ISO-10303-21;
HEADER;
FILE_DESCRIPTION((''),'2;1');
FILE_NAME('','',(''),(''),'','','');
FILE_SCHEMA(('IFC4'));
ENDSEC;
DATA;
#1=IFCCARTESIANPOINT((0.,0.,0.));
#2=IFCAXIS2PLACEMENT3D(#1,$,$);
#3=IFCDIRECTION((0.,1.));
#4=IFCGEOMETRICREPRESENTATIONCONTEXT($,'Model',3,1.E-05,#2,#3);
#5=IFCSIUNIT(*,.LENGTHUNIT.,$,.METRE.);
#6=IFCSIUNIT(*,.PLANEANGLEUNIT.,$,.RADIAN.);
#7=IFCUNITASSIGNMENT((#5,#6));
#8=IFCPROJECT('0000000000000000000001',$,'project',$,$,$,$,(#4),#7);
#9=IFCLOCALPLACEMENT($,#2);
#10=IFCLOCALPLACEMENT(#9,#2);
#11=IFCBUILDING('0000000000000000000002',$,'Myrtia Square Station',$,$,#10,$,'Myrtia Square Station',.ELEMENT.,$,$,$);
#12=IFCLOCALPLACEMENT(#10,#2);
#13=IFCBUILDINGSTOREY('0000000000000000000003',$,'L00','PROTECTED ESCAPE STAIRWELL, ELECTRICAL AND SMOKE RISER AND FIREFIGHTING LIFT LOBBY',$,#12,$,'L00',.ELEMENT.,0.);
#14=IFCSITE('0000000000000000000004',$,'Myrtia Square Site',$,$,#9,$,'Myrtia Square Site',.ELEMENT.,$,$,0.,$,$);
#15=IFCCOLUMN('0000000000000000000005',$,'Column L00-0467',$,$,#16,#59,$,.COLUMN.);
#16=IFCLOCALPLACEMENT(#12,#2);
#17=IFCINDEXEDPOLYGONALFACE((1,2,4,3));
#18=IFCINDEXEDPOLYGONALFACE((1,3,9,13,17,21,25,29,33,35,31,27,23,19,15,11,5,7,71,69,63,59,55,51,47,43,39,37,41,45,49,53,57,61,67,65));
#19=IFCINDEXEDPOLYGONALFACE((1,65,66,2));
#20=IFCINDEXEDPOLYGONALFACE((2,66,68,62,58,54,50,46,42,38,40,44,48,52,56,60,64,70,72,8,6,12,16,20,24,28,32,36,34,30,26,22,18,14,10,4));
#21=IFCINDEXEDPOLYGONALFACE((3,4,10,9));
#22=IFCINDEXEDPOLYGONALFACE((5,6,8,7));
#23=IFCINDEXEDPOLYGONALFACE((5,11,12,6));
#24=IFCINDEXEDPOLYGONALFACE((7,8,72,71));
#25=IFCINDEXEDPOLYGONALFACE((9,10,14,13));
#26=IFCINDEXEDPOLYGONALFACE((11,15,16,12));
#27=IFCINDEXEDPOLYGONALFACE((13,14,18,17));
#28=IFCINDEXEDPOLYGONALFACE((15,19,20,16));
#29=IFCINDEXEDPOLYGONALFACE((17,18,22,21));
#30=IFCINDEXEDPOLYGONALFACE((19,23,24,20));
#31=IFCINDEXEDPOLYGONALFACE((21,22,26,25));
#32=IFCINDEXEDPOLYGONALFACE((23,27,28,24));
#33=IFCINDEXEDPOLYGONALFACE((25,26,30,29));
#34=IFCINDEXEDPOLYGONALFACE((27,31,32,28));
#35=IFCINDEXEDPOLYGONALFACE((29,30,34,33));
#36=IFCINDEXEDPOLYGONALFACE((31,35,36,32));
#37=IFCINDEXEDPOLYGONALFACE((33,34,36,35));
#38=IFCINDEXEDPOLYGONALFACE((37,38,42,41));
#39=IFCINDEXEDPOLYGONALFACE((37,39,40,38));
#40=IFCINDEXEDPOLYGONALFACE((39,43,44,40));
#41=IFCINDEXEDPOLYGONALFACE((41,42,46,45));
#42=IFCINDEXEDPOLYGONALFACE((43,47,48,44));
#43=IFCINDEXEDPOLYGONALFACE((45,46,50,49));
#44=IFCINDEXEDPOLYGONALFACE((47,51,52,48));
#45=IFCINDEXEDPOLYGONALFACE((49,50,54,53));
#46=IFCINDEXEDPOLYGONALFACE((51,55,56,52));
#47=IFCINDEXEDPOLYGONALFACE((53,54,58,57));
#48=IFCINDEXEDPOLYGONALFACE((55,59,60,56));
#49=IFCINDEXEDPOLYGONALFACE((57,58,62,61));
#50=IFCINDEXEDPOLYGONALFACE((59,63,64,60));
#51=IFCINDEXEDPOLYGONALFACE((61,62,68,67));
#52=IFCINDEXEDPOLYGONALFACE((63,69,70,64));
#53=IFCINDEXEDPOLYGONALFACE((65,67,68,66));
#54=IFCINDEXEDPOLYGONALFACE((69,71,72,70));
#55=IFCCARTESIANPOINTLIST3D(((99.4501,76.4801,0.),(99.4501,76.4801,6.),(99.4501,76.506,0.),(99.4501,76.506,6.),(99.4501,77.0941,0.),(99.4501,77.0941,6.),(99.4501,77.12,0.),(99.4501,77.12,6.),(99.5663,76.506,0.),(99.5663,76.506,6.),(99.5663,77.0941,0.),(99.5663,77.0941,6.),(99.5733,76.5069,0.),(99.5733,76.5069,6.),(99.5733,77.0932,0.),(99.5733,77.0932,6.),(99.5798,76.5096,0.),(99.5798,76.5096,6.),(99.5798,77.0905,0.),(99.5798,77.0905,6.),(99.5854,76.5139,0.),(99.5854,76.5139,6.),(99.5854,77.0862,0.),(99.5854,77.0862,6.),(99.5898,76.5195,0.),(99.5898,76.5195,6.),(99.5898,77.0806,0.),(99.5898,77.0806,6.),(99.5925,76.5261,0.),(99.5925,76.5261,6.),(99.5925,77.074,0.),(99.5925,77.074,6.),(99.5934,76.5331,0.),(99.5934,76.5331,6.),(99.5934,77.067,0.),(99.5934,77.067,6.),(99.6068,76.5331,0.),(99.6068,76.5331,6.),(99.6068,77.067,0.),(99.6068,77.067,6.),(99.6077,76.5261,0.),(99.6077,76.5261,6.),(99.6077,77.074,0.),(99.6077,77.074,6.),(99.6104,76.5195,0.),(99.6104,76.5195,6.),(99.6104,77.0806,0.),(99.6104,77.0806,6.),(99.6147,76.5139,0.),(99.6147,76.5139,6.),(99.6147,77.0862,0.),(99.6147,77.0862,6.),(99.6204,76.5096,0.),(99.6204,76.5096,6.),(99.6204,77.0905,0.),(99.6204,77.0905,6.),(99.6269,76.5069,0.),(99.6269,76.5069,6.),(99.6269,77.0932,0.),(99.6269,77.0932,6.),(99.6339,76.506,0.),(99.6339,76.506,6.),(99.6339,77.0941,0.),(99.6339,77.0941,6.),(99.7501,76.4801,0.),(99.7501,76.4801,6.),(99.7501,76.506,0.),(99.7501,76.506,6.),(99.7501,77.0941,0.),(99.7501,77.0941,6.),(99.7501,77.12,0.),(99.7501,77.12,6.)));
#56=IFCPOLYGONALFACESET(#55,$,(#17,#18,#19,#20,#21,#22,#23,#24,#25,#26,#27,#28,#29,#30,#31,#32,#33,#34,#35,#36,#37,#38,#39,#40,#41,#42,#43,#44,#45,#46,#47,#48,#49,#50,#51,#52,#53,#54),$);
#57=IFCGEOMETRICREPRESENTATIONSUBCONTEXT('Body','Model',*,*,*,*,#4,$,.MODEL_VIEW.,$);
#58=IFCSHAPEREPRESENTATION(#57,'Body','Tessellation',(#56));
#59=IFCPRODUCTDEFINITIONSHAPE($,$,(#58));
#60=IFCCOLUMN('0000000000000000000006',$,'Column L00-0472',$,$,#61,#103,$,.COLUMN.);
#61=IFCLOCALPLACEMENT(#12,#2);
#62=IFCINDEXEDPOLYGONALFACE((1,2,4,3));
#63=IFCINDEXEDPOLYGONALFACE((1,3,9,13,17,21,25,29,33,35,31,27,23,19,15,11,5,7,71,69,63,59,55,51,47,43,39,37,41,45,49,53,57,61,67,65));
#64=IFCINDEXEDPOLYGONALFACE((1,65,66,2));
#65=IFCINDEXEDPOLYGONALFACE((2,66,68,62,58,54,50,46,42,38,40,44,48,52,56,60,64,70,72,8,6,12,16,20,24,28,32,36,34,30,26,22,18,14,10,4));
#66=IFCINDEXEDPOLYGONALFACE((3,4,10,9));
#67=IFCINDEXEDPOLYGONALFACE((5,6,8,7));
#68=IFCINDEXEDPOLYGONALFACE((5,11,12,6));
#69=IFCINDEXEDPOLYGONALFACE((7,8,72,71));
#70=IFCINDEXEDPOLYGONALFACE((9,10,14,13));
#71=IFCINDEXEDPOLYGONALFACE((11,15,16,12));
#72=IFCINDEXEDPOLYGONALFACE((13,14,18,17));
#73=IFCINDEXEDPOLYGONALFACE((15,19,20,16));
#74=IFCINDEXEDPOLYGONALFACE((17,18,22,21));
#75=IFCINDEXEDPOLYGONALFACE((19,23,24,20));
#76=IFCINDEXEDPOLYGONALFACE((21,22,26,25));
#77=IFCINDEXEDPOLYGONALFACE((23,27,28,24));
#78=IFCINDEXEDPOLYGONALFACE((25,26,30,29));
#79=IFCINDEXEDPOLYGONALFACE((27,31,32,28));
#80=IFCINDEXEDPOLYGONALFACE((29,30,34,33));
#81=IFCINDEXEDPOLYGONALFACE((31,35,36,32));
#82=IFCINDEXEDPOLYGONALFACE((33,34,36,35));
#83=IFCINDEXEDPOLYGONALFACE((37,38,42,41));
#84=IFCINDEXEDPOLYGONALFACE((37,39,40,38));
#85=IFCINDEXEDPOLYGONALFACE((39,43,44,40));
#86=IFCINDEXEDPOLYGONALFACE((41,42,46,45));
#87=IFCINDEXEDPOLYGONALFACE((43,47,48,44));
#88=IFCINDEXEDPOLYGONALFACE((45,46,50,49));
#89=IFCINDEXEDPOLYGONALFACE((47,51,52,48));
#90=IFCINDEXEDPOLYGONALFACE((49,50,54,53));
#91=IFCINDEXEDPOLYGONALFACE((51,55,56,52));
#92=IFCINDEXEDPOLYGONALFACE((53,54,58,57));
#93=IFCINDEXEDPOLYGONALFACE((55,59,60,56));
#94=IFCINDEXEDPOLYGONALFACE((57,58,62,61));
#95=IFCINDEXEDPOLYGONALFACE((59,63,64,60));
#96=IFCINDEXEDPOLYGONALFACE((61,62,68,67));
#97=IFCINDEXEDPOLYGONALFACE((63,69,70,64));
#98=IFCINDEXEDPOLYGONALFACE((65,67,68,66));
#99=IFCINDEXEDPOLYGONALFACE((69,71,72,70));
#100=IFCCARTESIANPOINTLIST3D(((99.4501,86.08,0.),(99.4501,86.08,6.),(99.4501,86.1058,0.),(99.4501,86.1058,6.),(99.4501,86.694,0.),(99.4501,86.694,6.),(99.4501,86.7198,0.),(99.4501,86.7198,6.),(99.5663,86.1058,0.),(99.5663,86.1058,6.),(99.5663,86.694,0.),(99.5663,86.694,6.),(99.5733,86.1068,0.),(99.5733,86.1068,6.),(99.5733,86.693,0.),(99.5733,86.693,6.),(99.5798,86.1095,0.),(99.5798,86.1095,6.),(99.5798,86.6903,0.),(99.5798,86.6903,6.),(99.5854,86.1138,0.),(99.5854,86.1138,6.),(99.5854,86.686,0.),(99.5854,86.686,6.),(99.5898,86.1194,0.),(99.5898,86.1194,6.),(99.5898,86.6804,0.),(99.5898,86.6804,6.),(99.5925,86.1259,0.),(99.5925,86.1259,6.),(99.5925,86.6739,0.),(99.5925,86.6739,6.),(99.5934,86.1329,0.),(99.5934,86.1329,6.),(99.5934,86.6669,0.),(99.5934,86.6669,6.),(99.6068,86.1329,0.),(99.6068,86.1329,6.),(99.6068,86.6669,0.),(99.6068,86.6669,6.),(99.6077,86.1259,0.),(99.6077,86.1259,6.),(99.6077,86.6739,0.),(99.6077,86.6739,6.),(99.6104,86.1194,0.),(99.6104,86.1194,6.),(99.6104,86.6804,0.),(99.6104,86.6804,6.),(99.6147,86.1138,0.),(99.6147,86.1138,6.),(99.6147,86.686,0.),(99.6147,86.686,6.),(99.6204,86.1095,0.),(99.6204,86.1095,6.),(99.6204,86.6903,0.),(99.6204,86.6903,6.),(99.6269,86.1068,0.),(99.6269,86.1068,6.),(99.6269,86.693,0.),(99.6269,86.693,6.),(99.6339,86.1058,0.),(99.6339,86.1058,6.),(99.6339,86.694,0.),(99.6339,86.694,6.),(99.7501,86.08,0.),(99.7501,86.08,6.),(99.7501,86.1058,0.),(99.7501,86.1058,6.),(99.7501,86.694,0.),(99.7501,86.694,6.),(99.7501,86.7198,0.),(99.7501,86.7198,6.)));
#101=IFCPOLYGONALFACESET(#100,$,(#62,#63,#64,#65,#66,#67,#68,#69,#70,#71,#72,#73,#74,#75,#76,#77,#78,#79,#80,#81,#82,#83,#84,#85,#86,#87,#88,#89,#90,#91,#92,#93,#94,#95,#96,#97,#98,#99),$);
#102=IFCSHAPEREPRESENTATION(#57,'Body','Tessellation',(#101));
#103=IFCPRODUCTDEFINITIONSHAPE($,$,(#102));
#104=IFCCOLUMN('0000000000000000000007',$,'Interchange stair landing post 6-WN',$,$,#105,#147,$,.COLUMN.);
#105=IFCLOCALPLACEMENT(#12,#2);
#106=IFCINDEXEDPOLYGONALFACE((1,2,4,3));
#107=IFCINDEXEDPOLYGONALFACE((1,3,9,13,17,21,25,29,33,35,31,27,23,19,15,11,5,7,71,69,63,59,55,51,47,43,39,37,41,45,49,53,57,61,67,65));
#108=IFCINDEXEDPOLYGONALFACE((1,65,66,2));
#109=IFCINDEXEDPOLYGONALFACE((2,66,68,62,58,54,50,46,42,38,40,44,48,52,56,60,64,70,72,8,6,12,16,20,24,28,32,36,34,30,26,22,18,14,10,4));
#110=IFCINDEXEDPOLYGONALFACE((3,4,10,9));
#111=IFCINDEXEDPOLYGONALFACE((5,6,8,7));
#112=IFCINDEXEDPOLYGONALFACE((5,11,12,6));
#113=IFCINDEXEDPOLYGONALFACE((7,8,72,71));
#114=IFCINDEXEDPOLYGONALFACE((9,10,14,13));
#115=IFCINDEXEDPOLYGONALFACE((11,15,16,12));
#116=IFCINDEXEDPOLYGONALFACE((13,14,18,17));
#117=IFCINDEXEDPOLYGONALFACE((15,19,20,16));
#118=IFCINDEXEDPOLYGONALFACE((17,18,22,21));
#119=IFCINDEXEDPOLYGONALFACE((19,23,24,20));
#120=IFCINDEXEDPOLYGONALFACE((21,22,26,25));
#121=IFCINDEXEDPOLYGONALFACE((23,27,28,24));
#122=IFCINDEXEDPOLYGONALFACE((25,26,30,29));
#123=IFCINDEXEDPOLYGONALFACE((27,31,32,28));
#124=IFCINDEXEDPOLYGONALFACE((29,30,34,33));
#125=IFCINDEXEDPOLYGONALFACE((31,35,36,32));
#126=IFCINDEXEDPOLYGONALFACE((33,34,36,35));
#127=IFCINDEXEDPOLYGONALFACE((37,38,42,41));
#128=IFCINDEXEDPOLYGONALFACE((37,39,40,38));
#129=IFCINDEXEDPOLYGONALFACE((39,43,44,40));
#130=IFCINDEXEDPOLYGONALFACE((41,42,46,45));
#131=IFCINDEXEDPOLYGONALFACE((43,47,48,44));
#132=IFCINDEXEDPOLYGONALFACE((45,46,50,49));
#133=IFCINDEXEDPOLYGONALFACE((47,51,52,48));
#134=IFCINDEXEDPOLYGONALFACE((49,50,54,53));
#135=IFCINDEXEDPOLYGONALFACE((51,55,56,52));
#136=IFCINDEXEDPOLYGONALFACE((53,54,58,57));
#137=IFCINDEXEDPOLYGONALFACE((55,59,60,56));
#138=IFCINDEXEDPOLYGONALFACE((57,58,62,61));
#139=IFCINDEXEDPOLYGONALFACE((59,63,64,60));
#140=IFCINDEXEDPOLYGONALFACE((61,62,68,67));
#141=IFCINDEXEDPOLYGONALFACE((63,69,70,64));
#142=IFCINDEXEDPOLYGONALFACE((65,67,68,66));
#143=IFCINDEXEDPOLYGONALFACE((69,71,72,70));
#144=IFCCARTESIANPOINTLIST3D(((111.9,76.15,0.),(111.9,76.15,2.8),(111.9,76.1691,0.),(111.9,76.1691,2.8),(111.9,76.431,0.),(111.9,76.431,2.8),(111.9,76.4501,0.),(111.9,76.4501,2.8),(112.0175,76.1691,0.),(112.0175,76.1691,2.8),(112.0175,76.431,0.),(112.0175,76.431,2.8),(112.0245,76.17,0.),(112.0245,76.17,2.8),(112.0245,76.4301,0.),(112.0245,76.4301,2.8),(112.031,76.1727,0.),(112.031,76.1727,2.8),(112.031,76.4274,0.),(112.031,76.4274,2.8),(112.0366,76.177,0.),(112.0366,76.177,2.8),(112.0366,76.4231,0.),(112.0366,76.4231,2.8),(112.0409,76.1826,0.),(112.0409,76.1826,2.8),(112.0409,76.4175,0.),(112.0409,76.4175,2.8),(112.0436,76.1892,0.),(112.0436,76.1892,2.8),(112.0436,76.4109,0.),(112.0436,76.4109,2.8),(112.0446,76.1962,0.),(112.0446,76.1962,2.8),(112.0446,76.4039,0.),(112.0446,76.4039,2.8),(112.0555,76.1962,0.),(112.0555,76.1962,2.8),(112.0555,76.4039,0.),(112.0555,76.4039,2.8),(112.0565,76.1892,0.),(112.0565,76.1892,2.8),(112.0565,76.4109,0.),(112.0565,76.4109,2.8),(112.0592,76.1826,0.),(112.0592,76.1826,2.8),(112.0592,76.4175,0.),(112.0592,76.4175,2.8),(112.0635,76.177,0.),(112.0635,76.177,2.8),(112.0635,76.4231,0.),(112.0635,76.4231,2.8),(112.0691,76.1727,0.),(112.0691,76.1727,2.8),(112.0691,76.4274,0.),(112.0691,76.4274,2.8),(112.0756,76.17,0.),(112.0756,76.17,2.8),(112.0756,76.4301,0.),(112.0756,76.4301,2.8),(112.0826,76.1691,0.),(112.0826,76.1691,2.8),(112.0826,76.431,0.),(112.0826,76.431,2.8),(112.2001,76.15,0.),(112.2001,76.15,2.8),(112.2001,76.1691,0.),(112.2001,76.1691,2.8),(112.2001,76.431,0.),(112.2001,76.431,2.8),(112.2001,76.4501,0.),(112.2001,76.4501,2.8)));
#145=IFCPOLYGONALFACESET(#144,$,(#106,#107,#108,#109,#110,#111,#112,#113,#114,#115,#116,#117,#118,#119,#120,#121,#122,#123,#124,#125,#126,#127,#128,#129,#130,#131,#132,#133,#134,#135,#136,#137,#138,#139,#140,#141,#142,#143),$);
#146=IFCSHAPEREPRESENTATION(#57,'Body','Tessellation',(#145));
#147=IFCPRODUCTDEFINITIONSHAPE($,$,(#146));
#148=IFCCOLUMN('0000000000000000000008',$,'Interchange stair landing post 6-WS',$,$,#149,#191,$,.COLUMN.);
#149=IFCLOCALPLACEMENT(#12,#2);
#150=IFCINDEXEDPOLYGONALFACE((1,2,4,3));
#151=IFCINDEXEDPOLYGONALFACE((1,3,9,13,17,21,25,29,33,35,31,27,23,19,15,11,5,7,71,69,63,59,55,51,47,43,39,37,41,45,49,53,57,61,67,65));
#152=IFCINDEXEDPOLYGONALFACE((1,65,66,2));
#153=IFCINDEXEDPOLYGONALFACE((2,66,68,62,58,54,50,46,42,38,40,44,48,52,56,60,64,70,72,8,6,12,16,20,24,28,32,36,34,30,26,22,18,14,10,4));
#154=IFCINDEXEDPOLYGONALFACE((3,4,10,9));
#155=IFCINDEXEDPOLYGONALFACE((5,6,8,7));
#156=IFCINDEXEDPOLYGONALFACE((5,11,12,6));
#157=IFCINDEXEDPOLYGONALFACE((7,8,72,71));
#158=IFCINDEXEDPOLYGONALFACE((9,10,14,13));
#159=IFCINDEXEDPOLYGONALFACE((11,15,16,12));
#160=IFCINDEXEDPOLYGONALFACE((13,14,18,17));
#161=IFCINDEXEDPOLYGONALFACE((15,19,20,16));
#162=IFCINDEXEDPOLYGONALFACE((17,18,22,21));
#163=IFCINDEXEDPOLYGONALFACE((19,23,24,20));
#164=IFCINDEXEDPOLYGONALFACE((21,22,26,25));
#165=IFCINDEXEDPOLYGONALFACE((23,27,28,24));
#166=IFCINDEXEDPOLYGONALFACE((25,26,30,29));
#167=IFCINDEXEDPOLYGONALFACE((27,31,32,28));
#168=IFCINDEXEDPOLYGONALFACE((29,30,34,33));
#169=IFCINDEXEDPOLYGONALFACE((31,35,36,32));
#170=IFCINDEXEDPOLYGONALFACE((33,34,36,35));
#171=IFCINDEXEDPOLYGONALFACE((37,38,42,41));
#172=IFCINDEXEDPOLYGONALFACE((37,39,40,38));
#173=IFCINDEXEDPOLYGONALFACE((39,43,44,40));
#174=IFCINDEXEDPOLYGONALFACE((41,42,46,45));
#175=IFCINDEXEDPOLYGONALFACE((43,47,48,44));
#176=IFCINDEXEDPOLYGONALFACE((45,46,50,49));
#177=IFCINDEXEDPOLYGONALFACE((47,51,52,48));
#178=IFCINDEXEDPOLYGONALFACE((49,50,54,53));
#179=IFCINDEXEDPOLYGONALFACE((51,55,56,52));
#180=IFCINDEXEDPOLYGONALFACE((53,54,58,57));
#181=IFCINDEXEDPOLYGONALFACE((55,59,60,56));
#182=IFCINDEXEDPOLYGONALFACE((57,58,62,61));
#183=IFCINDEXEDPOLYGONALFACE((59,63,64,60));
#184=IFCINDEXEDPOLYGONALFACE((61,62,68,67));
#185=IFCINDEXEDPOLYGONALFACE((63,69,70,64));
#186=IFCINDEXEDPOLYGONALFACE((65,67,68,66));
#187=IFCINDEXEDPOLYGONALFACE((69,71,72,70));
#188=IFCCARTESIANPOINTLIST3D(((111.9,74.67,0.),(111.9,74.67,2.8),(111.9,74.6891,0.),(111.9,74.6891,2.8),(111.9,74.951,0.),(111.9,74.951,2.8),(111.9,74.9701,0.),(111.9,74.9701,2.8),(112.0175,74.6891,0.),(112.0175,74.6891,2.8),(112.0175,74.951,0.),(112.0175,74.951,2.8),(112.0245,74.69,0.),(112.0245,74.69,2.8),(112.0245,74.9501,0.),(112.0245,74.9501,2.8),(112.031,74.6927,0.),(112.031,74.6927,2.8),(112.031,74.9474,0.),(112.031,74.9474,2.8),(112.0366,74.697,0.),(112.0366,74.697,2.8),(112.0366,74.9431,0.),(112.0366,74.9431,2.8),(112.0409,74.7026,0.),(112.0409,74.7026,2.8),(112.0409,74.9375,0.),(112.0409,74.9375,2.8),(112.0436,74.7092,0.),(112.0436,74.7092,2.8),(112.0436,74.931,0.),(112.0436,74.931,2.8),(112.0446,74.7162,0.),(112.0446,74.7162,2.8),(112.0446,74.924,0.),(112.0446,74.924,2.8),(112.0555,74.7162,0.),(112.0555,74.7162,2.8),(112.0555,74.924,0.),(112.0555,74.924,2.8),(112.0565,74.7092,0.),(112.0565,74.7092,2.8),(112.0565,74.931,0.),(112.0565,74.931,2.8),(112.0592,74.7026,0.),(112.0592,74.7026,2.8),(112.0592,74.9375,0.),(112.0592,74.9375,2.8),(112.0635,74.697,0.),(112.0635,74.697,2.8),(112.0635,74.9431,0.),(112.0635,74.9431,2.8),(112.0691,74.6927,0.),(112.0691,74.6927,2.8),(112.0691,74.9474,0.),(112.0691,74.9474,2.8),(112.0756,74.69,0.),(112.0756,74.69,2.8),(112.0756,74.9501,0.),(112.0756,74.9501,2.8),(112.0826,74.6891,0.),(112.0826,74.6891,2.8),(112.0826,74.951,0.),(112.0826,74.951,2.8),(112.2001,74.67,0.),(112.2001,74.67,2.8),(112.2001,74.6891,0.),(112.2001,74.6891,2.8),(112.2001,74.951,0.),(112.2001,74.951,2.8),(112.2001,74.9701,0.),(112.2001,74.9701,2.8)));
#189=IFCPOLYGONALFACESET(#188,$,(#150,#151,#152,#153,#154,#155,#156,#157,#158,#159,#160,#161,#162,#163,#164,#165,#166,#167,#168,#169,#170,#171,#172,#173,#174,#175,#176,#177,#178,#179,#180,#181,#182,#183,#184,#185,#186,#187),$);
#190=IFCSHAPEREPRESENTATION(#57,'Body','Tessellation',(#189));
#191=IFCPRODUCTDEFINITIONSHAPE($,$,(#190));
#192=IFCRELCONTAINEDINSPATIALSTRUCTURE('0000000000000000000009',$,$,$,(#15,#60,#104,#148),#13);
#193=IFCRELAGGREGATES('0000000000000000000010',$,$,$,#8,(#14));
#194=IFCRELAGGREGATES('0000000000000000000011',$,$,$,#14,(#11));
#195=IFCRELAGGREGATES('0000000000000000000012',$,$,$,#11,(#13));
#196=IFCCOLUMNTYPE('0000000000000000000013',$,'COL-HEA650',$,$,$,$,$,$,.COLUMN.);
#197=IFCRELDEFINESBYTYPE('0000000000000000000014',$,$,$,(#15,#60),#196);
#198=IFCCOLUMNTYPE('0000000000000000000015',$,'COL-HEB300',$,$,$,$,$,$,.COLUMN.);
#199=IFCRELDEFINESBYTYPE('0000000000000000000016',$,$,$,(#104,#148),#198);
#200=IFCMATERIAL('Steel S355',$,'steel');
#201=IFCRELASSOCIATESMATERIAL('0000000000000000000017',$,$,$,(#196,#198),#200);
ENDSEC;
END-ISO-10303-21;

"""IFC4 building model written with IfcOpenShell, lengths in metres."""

from ifc_helpers import new_model, si_unit, direction, frame, origin, origin_2d, place, context, subcontext, project, spatial, i_section, extrude, material, material_profile, profile_set, type_object, element, save


model = new_model("IFC4")

# Units and contexts
model_context = context("Model", 3, precision=1e-05, world=origin(), true_north=direction((0.0, 1.0)))
body_context = subcontext(model_context, "Body", "Model", "MODEL_VIEW")
ifc_project = project(units=[si_unit("LENGTHUNIT", "METRE"), si_unit("PLANEANGLEUNIT", "RADIAN")], contexts=[model_context])

# Site, building, storey
site_placement = place(None, origin())
site = spatial("IfcSite", under=ifc_project, at=site_placement, Name="Myrtia Square Site", LongName="Myrtia Square Site", CompositionType="ELEMENT", RefElevation=0.0)
building_placement = place(site_placement, origin())
building = spatial("IfcBuilding", under=site, at=building_placement, Name="Myrtia Square Station", LongName="Myrtia Square Station", CompositionType="ELEMENT")
storey_placement = place(building_placement, origin())
storey = spatial("IfcBuildingStorey", under=building, at=storey_placement, Name="L00", Description="PROTECTED ESCAPE STAIRWELL, ELECTRICAL AND SMOKE RISER AND FIREFIGHTING LIFT LOBBY", LongName="L00", CompositionType="ELEMENT", Elevation=0.0)

# Columns
ifc_material_1 = material(Name="Steel S355", Category="steel")
ifc_material_profile_1 = material_profile(ifc_material_1, i_section(OverallWidth=0.3, OverallDepth=0.6399, WebThickness=0.0134, FlangeThickness=0.0259, FilletRadius=0.0271, at=origin_2d()), Name="HEA 650")
ifc_profile_set_1 = profile_set([ifc_material_profile_1], Name="Steel S355")
column_type_1 = type_object("IfcColumnType", Name="COL-HEA650", PredefinedType="COLUMN", material=ifc_profile_set_1)
for number, where, z_axis, x_axis, name in (
    (1, (99.6001, 76.8, 0.0), (0.0, 0.0, 1.0), (1.0, 0.0, 0.0), "Column L00-0467"),
    (2, (99.6001, 86.3999, 0.0), (0.0, 0.0, 1.0), (1.0, 0.0, 0.0), "Column L00-0472"),
):
    element("IfcColumn", number, at=place(storey_placement, frame(where, z_axis=z_axis, x_axis=x_axis)), inside=storey, type_object=column_type_1, Name=name, PredefinedType="COLUMN", context=body_context, shape_type="SweptSolid", body=[
        extrude(i_section(OverallWidth=0.3, OverallDepth=0.6399, WebThickness=0.0134, FlangeThickness=0.0259, FilletRadius=0.0271, at=origin_2d()), origin(), (0.0, 0.0, 1.0), 6.0),
    ])
ifc_material_profile_2 = material_profile(ifc_material_1, i_section(OverallWidth=0.3, OverallDepth=0.3, WebThickness=0.011, FlangeThickness=0.019, FilletRadius=0.0271, at=origin_2d()), Name="HEB 300")
ifc_profile_set_2 = profile_set([ifc_material_profile_2], Name="Steel S355")
column_type_2 = type_object("IfcColumnType", Name="COL-HEB300", PredefinedType="COLUMN", material=ifc_profile_set_2)
for number, where, z_axis, x_axis, name in (
    (3, (112.05, 76.3, 0.0), (0.0, 0.0, 1.0), (1.0, 0.0, 0.0), "Interchange stair landing post 6-WN"),
    (4, (112.05, 74.8201, 0.0), (0.0, 0.0, 1.0), (1.0, 0.0, 0.0), "Interchange stair landing post 6-WS"),
):
    element("IfcColumn", number, at=place(storey_placement, frame(where, z_axis=z_axis, x_axis=x_axis)), inside=storey, type_object=column_type_2, Name=name, PredefinedType="COLUMN", context=body_context, shape_type="SweptSolid", body=[
        extrude(i_section(OverallWidth=0.3, OverallDepth=0.3, WebThickness=0.011, FlangeThickness=0.019, FilletRadius=0.0271, at=origin_2d()), origin(), (0.0, 0.0, 1.0), 2.8),
    ])

save(model, "model.ifc")
